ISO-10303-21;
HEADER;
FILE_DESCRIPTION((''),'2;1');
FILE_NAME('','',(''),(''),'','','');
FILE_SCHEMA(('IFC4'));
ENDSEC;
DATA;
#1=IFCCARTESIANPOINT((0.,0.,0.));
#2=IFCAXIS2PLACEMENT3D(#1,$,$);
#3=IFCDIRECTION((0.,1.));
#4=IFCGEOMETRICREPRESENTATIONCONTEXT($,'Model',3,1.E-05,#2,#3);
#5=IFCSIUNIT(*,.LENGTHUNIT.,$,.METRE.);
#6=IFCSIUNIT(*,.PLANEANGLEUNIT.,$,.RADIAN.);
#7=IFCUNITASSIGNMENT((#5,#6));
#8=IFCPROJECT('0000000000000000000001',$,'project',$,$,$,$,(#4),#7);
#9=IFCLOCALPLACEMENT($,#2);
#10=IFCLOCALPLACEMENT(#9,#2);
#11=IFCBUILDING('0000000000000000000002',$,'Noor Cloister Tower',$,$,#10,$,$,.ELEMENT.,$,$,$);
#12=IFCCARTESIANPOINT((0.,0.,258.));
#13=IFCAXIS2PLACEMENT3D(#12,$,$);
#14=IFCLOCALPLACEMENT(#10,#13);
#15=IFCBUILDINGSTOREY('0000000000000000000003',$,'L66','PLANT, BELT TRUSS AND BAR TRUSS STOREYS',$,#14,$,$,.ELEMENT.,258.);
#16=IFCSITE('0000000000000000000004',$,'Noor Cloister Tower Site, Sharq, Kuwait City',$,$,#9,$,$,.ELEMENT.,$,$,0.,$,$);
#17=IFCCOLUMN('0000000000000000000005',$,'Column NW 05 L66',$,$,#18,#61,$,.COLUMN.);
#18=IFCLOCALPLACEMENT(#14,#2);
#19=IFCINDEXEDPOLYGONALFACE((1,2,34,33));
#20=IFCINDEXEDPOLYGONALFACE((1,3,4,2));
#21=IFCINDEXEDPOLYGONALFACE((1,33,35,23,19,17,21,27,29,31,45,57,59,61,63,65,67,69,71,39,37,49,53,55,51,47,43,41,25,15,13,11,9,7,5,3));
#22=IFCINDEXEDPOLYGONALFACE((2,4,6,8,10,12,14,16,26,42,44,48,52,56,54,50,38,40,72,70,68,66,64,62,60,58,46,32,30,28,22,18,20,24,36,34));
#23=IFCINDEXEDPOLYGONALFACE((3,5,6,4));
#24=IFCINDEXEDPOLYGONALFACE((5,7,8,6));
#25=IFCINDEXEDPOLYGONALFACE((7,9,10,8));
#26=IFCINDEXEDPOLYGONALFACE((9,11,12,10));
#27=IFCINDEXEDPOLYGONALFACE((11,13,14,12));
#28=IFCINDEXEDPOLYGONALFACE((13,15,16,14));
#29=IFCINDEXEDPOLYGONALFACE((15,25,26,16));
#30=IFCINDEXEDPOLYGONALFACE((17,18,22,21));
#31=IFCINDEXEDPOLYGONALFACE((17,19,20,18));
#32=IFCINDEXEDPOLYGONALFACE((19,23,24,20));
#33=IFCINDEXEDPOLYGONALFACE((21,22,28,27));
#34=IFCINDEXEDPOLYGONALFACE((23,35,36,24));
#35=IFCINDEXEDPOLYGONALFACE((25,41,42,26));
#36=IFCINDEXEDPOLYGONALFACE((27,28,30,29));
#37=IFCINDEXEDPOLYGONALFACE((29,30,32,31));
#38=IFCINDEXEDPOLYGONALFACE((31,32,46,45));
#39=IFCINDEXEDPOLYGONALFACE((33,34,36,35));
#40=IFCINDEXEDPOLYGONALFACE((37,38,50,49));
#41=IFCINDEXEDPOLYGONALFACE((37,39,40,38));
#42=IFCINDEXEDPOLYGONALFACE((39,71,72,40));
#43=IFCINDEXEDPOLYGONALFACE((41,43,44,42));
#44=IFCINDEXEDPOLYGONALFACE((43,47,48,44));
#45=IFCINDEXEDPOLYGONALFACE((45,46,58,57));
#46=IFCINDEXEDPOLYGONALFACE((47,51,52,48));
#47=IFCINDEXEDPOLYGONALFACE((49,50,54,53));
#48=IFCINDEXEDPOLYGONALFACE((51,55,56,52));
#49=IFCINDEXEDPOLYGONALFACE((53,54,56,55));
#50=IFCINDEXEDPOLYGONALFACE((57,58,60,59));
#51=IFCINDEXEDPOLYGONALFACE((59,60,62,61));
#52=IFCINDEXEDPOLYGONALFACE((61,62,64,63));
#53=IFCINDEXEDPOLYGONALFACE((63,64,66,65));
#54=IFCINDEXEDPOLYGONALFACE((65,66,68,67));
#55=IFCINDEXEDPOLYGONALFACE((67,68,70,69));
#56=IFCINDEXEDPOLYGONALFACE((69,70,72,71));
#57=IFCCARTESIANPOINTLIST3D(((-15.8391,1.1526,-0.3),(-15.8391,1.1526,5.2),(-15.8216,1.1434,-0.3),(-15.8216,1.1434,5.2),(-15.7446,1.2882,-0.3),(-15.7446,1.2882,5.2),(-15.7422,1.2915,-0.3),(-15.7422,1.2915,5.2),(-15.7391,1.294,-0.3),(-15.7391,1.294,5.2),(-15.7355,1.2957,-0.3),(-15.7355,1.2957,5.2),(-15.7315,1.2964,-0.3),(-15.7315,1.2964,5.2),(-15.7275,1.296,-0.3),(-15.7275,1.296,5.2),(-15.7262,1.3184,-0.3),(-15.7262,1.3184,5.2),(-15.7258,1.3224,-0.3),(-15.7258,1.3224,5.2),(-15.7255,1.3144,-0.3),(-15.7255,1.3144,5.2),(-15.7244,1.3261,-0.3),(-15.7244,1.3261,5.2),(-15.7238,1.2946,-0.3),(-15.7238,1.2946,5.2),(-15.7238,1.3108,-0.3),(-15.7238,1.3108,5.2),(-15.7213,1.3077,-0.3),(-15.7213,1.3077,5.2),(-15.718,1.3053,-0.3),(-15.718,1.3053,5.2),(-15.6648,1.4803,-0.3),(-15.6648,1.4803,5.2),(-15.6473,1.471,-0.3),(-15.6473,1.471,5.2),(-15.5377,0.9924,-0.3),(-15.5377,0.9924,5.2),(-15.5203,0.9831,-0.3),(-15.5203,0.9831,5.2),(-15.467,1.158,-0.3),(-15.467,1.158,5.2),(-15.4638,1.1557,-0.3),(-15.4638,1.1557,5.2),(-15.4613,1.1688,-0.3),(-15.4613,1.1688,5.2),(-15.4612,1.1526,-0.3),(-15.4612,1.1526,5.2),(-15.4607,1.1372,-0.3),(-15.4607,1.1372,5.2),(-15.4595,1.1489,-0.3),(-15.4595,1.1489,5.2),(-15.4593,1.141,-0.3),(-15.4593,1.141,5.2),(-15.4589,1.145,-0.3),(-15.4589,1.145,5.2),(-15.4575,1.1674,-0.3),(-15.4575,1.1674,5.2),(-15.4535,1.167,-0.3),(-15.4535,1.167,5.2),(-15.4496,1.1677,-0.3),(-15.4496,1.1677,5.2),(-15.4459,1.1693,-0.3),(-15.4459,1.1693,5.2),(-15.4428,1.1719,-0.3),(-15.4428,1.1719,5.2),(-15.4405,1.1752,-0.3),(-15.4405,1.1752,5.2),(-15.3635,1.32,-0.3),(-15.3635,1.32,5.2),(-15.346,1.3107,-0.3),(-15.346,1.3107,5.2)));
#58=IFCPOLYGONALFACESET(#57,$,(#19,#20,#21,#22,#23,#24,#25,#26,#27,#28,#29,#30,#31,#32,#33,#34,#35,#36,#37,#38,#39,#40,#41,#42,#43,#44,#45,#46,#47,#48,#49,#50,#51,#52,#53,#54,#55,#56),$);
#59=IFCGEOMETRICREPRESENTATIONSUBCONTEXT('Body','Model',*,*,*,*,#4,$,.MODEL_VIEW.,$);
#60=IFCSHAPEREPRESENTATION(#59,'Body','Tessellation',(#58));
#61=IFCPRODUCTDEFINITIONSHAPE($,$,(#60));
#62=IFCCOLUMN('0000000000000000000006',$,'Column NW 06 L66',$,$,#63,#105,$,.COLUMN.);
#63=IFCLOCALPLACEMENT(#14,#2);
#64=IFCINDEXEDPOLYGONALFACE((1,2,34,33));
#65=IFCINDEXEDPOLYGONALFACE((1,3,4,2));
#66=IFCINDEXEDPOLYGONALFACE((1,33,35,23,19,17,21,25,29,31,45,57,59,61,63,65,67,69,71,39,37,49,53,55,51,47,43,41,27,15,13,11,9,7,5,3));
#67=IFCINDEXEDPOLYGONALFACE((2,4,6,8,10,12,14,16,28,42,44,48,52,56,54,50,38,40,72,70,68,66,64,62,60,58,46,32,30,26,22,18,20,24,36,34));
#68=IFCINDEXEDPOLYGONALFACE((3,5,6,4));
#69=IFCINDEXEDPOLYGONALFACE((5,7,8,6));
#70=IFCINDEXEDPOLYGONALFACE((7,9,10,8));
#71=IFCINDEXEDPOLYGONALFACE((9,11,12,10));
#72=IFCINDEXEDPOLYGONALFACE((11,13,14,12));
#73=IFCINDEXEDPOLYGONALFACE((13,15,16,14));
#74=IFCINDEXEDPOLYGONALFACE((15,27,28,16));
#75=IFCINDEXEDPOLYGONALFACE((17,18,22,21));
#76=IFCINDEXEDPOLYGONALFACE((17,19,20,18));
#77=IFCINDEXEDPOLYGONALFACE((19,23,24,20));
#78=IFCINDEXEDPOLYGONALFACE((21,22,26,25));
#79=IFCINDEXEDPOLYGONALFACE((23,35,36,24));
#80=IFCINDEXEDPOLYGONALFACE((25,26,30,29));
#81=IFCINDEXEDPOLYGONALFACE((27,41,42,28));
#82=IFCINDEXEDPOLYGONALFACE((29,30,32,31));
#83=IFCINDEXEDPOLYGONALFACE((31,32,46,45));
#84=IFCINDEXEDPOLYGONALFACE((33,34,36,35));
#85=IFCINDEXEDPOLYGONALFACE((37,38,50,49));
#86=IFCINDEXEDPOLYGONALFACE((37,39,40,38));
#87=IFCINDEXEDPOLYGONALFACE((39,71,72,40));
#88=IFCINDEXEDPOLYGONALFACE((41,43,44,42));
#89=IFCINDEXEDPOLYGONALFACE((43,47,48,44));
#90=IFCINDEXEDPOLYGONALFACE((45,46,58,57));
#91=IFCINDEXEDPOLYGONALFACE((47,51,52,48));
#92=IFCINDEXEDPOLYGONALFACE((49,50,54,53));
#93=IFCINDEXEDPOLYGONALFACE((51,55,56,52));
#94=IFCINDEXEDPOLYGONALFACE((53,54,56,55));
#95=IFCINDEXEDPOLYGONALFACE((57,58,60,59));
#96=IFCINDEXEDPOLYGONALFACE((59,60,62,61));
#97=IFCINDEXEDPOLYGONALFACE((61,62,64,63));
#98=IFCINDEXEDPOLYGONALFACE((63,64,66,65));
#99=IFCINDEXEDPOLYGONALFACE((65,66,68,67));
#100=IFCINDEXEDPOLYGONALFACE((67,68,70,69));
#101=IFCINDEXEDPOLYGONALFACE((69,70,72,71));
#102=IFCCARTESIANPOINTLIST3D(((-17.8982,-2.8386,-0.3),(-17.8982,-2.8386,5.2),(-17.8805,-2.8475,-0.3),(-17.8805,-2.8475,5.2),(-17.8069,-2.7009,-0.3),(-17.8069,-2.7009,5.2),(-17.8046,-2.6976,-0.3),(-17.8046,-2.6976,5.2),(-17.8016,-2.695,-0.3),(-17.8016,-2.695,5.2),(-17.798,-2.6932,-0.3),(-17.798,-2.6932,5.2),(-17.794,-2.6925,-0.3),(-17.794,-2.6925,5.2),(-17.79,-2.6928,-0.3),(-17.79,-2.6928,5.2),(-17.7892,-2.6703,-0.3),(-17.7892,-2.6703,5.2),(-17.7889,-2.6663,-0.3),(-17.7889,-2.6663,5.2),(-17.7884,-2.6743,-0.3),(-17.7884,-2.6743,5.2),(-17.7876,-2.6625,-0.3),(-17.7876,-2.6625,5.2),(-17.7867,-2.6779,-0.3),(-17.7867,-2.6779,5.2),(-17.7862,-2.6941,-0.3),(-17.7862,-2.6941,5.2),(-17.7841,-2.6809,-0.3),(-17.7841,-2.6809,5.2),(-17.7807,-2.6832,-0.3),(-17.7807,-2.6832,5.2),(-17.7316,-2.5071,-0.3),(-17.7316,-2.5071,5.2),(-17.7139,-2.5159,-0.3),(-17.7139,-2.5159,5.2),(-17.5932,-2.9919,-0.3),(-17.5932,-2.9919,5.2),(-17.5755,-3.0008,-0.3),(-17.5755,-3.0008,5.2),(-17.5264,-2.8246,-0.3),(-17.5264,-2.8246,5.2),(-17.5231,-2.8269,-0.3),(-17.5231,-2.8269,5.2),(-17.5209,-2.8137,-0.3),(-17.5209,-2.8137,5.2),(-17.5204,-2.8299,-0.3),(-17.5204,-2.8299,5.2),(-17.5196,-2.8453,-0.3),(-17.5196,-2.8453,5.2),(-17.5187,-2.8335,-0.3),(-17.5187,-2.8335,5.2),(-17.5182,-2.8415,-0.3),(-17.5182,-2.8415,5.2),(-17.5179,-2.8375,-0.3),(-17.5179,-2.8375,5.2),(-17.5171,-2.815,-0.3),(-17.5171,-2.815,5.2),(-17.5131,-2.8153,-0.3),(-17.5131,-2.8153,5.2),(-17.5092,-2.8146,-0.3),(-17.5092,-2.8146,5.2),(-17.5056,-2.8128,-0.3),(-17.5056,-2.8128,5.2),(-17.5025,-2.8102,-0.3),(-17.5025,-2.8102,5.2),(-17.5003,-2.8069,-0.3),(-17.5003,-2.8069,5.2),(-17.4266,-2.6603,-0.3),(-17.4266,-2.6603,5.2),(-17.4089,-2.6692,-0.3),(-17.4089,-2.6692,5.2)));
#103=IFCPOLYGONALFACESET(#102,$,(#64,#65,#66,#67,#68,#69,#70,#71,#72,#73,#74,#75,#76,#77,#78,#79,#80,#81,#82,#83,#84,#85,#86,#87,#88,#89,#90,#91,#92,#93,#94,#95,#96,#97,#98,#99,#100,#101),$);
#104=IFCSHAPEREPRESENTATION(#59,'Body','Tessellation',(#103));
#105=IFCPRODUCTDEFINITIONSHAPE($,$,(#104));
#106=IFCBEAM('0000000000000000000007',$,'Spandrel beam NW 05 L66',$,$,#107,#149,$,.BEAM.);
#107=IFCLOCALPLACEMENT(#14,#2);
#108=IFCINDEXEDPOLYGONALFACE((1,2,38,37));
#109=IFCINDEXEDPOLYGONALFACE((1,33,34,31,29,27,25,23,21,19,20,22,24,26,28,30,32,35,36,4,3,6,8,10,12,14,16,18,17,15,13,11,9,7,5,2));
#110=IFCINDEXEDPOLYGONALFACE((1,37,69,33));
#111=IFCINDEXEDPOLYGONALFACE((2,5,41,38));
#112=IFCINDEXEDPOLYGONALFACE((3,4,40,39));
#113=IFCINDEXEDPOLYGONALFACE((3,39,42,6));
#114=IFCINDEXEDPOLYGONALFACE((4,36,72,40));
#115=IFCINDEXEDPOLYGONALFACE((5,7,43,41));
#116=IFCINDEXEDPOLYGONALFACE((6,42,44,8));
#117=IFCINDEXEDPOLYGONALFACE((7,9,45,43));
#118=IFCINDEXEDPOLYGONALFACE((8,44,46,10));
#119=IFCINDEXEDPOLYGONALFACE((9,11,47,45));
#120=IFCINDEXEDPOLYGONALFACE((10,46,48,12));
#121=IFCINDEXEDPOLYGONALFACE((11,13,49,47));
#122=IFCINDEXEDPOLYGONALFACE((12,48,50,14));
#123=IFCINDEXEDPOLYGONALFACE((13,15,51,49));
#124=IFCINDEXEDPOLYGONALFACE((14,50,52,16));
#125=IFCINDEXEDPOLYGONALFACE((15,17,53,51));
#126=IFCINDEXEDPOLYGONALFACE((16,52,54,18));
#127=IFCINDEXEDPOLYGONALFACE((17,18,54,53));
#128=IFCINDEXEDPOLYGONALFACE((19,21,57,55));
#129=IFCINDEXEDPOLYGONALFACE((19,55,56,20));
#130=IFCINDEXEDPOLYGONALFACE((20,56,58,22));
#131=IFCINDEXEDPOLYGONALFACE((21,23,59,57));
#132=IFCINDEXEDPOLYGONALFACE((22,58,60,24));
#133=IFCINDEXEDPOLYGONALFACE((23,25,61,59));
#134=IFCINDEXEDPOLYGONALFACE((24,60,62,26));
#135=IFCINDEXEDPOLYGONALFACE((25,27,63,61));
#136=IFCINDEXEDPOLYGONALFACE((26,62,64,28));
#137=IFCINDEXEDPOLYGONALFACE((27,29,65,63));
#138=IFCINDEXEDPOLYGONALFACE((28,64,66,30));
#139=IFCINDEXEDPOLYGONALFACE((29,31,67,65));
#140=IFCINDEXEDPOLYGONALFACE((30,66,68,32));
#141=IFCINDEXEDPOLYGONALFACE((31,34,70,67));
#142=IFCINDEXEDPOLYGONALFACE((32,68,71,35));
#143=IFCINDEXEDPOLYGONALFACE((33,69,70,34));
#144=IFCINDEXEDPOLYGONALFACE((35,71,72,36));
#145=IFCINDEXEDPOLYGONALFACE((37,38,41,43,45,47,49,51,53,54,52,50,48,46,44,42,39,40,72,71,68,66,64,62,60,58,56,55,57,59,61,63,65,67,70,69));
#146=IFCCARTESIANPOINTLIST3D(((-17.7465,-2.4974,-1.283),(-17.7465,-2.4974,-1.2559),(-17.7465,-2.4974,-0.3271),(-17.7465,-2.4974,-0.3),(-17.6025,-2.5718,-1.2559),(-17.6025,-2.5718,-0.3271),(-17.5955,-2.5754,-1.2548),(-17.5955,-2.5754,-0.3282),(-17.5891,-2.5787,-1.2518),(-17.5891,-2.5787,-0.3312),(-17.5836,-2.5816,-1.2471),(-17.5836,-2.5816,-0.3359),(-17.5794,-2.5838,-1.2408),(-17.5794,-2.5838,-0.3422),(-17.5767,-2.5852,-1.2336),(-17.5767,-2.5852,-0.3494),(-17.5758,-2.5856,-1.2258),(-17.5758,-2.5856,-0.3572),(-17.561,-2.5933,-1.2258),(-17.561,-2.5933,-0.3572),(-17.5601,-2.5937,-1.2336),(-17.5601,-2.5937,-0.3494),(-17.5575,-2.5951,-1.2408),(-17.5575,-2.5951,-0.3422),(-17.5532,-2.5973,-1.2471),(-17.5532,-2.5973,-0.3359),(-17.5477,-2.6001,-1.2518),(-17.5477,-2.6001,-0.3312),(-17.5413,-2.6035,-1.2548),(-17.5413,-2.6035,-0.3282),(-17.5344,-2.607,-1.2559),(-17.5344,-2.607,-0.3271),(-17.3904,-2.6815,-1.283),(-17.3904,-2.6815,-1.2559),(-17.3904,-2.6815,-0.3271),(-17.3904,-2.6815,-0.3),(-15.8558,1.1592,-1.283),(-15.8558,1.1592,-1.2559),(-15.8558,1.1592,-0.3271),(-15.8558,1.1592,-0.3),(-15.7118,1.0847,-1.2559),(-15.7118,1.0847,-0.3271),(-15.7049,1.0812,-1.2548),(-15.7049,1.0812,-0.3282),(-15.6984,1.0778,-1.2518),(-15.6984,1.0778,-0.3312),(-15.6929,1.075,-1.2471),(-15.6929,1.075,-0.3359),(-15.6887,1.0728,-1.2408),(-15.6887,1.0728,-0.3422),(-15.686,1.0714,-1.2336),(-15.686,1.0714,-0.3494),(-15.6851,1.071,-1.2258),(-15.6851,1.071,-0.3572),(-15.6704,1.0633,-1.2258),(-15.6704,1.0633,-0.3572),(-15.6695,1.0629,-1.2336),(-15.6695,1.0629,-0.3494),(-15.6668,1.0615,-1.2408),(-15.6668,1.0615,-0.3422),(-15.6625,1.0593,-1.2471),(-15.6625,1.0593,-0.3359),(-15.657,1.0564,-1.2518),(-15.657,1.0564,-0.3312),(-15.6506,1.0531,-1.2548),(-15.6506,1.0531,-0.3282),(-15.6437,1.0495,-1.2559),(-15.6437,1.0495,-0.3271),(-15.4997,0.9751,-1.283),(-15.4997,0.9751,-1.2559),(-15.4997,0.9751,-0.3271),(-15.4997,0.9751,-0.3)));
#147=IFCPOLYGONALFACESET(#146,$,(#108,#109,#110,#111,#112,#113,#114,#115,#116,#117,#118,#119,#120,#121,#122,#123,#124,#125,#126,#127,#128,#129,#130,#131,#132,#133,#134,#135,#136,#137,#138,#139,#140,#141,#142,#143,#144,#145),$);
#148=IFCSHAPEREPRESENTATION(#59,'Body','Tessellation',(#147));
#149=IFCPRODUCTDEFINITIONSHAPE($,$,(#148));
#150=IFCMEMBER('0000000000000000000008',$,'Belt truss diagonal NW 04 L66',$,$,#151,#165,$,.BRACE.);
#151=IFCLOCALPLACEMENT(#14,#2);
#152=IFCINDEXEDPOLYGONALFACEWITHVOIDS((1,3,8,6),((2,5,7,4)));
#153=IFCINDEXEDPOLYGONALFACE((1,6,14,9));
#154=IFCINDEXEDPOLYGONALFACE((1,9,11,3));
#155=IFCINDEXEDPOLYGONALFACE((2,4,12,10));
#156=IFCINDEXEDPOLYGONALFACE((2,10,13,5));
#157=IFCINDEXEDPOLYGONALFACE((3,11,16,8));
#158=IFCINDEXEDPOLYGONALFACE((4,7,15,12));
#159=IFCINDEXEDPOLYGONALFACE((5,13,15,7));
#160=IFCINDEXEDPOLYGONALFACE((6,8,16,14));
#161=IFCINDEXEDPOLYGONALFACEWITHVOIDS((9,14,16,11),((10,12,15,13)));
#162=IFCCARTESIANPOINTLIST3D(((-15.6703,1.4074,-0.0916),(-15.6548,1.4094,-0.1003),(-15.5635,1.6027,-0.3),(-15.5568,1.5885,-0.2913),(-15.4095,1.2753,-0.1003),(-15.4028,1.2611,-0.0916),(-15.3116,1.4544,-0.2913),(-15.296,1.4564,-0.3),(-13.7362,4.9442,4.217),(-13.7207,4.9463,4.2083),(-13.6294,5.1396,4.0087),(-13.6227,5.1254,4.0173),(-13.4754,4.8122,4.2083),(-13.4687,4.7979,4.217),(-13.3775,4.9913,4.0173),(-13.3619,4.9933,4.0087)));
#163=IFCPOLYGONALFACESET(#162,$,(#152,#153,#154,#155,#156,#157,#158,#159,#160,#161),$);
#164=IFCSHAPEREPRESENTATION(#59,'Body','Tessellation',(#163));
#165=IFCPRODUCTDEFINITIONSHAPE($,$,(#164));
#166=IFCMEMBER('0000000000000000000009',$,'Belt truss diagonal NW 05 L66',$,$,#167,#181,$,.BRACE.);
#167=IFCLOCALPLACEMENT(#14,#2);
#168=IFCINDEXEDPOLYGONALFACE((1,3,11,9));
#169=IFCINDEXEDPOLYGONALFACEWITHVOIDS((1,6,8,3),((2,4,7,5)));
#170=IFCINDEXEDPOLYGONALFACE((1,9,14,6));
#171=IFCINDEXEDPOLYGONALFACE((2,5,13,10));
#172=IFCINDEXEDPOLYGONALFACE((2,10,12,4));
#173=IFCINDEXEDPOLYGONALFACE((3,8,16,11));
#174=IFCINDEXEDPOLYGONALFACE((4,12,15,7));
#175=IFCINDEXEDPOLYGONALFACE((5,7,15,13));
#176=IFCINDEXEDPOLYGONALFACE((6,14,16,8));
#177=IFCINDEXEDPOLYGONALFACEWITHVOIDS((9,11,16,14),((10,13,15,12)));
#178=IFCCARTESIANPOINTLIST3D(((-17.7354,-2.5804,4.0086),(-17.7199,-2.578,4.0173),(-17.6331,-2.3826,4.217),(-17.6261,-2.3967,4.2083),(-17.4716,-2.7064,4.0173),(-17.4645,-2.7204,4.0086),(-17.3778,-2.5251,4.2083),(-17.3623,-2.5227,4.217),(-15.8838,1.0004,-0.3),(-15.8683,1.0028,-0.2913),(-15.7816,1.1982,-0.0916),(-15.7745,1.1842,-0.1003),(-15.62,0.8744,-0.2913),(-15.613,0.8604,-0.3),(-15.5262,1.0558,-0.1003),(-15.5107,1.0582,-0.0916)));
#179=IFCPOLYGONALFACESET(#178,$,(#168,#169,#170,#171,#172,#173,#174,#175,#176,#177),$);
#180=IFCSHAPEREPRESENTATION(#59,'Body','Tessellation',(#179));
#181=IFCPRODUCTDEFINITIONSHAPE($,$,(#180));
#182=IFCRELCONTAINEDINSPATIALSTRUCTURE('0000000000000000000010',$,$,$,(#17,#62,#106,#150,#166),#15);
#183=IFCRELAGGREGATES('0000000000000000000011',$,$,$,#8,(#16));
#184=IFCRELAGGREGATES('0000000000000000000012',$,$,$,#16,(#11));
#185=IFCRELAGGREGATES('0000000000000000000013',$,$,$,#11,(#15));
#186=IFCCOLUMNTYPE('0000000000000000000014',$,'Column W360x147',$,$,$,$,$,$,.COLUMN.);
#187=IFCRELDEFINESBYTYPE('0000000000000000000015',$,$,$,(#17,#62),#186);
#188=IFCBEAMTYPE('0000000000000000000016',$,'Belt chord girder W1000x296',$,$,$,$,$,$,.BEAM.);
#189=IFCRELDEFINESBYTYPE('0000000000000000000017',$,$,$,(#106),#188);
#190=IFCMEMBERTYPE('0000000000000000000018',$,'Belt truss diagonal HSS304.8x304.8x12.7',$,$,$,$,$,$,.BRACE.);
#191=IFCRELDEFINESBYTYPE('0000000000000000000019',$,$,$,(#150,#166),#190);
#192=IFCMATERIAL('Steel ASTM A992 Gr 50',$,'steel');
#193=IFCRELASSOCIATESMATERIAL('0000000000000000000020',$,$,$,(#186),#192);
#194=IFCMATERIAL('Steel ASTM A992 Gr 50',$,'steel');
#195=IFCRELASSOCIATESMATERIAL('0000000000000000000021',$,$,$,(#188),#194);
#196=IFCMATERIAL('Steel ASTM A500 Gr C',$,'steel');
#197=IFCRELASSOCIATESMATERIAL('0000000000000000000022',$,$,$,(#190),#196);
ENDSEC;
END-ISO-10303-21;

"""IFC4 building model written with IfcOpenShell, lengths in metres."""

from ifc_helpers import new_model, si_unit, direction, frame, origin, origin_2d, place, context, subcontext, project, spatial, hollow_rectangle, i_section, extrude, material, material_profile, profile_set, type_object, element, save


model = new_model("IFC4")

# Units and contexts
model_context = context("Model", 3, precision=1e-05, world=origin(), true_north=direction((0.0, 1.0)))
body_context = subcontext(model_context, "Body", "Model", "MODEL_VIEW")
ifc_project = project(units=[si_unit("LENGTHUNIT", "METRE"), si_unit("PLANEANGLEUNIT", "RADIAN")], contexts=[model_context])

# Site, building, storey
site_placement = place(None, origin())
site = spatial("IfcSite", under=ifc_project, at=site_placement, Name="Noor Cloister Tower Site, Sharq, Kuwait City", CompositionType="ELEMENT", RefElevation=0.0)
building_placement = place(site_placement, origin())
building = spatial("IfcBuilding", under=site, at=building_placement, Name="Noor Cloister Tower", CompositionType="ELEMENT")
storey_placement = place(building_placement, frame((0.0, 0.0, 258.0)))
storey = spatial("IfcBuildingStorey", under=building, at=storey_placement, Name="L66", Description="PLANT, BELT TRUSS AND BAR TRUSS STOREYS", CompositionType="ELEMENT", Elevation=258.0)

# Columns
ifc_material_1 = material(Name="Steel ASTM A992 Gr 50", Category="steel")
ifc_material_profile_1 = material_profile(ifc_material_1, i_section(OverallWidth=0.3711, OverallDepth=0.3611, WebThickness=0.0122, FlangeThickness=0.0198, FilletRadius=0.0154, at=origin_2d()), Name="W360x147")
ifc_profile_set_1 = profile_set([ifc_material_profile_1], Name="Steel ASTM A992 Gr 50")
column_type = type_object("IfcColumnType", Name="Column W360x147", PredefinedType="COLUMN", material=ifc_profile_set_1)
for number, where, z_axis, x_axis, name in (
    (1, (-15.5925, 1.2317, -0.3), (0.0, 0.0, 1.0), (-0.469576, -0.882892, 0.0), "Column NW 05 L66"),
    (2, (-17.6536, -2.7539, -0.3), (0.0, 0.0, 1.0), (-0.448975, -0.893544, 0.0), "Column NW 06 L66"),
):
    element("IfcColumn", number, at=place(storey_placement, frame(where, z_axis=z_axis, x_axis=x_axis)), inside=storey, type_object=column_type, Name=name, PredefinedType="COLUMN", context=body_context, shape_type="SweptSolid", body=[
        extrude(i_section(OverallWidth=0.3711, OverallDepth=0.3611, WebThickness=0.0122, FlangeThickness=0.0198, FilletRadius=0.0154, at=origin_2d()), origin(), (0.0, 0.0, 1.0), 5.5),
    ])

# Beam
ifc_material_2 = material(Name="Steel ASTM A992 Gr 50", Category="steel")
ifc_material_profile_2 = material_profile(ifc_material_2, i_section(OverallWidth=0.4009, OverallDepth=0.9829, WebThickness=0.0166, FlangeThickness=0.0271, FilletRadius=0.03, at=origin_2d()), Name="W1000x296")
ifc_profile_set_2 = profile_set([ifc_material_profile_2], Name="Steel ASTM A992 Gr 50")
beam_type_1 = type_object("IfcBeamType", Name="Belt chord girder W1000x296", PredefinedType="BEAM", material=ifc_profile_set_2)
beam_1_placement = place(storey_placement, frame((-15.6777, 1.0671, -0.7915), z_axis=(-0.459295, -0.888284, 0.0), x_axis=(0.888284, -0.459295, 0.0)))
element("IfcBeam", 3, at=beam_1_placement, inside=storey, type_object=beam_type_1, Name="Spandrel beam NW 05 L66", PredefinedType="BEAM", context=body_context, shape_type="SweptSolid", body=[
    extrude(i_section(OverallWidth=0.4009, OverallDepth=0.9829, WebThickness=0.0166, FlangeThickness=0.0271, FilletRadius=0.03, at=origin_2d()), origin(), (0.0, 0.0, 1.0), 4.1165),
])

# Members
ifc_material_3 = material(Name="Steel ASTM A500 Gr C", Category="steel")
ifc_material_profile_3 = material_profile(ifc_material_3, hollow_rectangle(XDim=0.3049, YDim=0.3049, WallThickness=0.0127, at=origin_2d()), Name="HSS304.8x304.8x12.7")
ifc_profile_set_3 = profile_set([ifc_material_profile_3], Name="Steel ASTM A500 Gr C")
member_type = type_object("IfcMemberType", Name="Belt truss diagonal HSS304.8x304.8x12.7", PredefinedType="BRACE", material=ifc_profile_set_3)
for number, where, z_axis, x_axis, name in (
    (4, (-15.4832, 1.4319, -0.1958), (0.327791, 0.599434, 0.730227), (-0.877386, 0.479785, 0.0), "Belt truss diagonal NW 04 L66"),
    (5, (-15.6973, 1.0293, -0.1958), (-0.313804, -0.606878, 0.730223), (0.888276, -0.459309, 0.0), "Belt truss diagonal NW 05 L66"),
):
    element("IfcMember", number, at=place(storey_placement, frame(where, z_axis=z_axis, x_axis=x_axis)), inside=storey, type_object=member_type, Name=name, PredefinedType="BRACE", context=body_context, shape_type="SweptSolid", body=[
        extrude(hollow_rectangle(XDim=0.3049, YDim=0.3049, WallThickness=0.0127, at=origin_2d()), origin(), (0.0, 0.0, 1.0), 5.9004),
    ])

save(model, "model.ifc")
